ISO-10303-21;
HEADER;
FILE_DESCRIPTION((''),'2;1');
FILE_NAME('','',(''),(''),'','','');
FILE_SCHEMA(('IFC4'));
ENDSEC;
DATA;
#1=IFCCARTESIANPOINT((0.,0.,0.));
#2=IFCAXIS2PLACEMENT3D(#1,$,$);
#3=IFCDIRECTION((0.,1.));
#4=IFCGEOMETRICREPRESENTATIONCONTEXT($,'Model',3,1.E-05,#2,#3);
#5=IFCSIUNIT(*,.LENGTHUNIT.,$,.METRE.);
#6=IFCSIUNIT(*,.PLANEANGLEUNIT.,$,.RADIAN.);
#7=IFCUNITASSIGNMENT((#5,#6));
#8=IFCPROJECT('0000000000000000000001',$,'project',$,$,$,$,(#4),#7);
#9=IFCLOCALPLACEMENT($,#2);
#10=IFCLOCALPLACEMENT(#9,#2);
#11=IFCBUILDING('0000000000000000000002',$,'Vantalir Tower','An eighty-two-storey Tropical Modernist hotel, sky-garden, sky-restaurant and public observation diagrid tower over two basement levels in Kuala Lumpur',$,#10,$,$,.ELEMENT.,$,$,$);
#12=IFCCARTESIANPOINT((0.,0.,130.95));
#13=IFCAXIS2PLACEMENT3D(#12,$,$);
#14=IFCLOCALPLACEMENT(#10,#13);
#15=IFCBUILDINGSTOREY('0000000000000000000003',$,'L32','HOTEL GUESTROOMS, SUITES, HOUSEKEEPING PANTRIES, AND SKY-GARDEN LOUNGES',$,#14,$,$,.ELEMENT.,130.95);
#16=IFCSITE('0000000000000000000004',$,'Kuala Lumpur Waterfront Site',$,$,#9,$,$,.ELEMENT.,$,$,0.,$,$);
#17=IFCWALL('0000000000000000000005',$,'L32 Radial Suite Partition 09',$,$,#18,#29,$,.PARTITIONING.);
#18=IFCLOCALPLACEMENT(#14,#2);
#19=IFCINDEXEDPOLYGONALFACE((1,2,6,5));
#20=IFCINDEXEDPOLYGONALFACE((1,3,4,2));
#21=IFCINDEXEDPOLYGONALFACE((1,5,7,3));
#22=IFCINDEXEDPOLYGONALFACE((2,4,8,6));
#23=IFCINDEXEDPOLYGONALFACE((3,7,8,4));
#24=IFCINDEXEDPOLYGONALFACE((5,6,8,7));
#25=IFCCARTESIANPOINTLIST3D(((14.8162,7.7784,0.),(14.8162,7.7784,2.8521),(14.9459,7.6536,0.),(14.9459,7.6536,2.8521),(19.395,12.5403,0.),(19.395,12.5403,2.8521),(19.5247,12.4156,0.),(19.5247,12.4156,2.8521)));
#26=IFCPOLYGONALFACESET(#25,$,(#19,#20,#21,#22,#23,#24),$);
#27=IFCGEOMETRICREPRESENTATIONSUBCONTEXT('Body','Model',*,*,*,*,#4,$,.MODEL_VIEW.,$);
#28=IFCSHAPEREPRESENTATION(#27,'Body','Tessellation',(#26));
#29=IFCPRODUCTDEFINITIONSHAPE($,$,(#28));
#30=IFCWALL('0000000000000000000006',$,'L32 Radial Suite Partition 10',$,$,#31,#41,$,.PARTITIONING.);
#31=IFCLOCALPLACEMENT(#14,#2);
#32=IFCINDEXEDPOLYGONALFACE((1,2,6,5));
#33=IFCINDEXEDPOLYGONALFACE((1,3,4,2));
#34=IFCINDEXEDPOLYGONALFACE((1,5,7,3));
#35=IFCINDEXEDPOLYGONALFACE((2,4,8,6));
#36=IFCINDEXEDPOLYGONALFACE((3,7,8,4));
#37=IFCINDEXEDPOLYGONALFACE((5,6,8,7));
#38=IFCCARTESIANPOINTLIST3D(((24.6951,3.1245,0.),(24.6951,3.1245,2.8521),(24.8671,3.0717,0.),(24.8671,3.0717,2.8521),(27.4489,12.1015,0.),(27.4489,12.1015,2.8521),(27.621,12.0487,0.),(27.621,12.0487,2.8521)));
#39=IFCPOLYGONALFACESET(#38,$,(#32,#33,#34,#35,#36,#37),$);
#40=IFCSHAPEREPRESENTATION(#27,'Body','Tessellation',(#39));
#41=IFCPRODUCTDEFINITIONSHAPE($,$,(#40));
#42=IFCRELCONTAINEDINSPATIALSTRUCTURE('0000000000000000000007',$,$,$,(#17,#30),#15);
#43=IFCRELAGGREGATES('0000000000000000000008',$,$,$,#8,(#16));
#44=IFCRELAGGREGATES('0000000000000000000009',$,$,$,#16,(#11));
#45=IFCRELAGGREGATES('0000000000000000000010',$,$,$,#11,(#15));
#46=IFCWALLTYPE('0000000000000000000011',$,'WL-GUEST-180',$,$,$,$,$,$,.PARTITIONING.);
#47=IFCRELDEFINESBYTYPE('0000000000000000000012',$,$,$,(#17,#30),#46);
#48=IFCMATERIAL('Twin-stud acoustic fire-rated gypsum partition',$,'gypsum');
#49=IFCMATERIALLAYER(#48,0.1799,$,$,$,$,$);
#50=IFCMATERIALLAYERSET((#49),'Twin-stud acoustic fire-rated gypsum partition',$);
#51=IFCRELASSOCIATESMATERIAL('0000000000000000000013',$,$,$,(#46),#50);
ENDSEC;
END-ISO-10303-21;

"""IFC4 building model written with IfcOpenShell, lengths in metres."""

from ifc_helpers import new_model, si_unit, direction, frame, frame_2d, origin, place, context, subcontext, project, spatial, rectangle, extrude, material, layer, layer_set, type_object, element, save


model = new_model("IFC4")

# Units and contexts
model_context = context("Model", 3, precision=1e-05, world=origin(), true_north=direction((0.0, 1.0)))
body_context = subcontext(model_context, "Body", "Model", "MODEL_VIEW")
ifc_project = project(units=[si_unit("LENGTHUNIT", "METRE"), si_unit("PLANEANGLEUNIT", "RADIAN")], contexts=[model_context])

# Site, building, storey
site_placement = place(None, origin())
site = spatial("IfcSite", under=ifc_project, at=site_placement, Name="Kuala Lumpur Waterfront Site", CompositionType="ELEMENT", RefElevation=0.0)
building_placement = place(site_placement, origin())
building = spatial("IfcBuilding", under=site, at=building_placement, Name="Vantalir Tower", Description="An eighty-two-storey Tropical Modernist hotel, sky-garden, sky-restaurant and public observation diagrid tower over two basement levels in Kuala Lumpur", CompositionType="ELEMENT")
storey_placement = place(building_placement, frame((0.0, 0.0, 130.95)))
storey = spatial("IfcBuildingStorey", under=building, at=storey_placement, Name="L32", Description="HOTEL GUESTROOMS, SUITES, HOUSEKEEPING PANTRIES, AND SKY-GARDEN LOUNGES", CompositionType="ELEMENT", Elevation=130.95)

# Walls
ifc_material_1 = material(Name="Twin-stud acoustic fire-rated gypsum partition", Category="gypsum")
ifc_layer_1 = layer(ifc_material_1, 0.1799)
ifc_layer_set_1 = layer_set([ifc_layer_1], Name="Twin-stud acoustic fire-rated gypsum partition")
wall_type_1 = type_object("IfcWallType", Name="WL-GUEST-180", PredefinedType="PARTITIONING", material=ifc_layer_set_1)
wall_1_placement = place(storey_placement, frame((19.46, 12.478, 0.0), z_axis=(0.0, 0.0, 1.0), x_axis=(-0.693112, -0.72083, 0.0)))
element("IfcWall", 1, at=wall_1_placement, inside=storey, type_object=wall_type_1, Name="L32 Radial Suite Partition 09", PredefinedType="PARTITIONING", context=body_context, shape_type="SweptSolid", body=[
    extrude(rectangle(XDim=6.6062, YDim=0.1799, at=frame_2d((3.3032, 0.0))), origin(), (0.0, 0.0, 1.0), 2.8521),
])
wall_2_placement = place(storey_placement, frame((27.5349, 12.075, 0.0), z_axis=(0.0, 0.0, 1.0), x_axis=(-0.293282, -0.956026, 0.0)))
element("IfcWall", 2, at=wall_2_placement, inside=storey, type_object=wall_type_1, Name="L32 Radial Suite Partition 10", PredefinedType="PARTITIONING", context=body_context, shape_type="SweptSolid", body=[
    extrude(rectangle(XDim=9.3899, YDim=0.1799, at=frame_2d((4.6948, 0.0))), origin(), (0.0, 0.0, 1.0), 2.8521),
])

save(model, "model.ifc")
